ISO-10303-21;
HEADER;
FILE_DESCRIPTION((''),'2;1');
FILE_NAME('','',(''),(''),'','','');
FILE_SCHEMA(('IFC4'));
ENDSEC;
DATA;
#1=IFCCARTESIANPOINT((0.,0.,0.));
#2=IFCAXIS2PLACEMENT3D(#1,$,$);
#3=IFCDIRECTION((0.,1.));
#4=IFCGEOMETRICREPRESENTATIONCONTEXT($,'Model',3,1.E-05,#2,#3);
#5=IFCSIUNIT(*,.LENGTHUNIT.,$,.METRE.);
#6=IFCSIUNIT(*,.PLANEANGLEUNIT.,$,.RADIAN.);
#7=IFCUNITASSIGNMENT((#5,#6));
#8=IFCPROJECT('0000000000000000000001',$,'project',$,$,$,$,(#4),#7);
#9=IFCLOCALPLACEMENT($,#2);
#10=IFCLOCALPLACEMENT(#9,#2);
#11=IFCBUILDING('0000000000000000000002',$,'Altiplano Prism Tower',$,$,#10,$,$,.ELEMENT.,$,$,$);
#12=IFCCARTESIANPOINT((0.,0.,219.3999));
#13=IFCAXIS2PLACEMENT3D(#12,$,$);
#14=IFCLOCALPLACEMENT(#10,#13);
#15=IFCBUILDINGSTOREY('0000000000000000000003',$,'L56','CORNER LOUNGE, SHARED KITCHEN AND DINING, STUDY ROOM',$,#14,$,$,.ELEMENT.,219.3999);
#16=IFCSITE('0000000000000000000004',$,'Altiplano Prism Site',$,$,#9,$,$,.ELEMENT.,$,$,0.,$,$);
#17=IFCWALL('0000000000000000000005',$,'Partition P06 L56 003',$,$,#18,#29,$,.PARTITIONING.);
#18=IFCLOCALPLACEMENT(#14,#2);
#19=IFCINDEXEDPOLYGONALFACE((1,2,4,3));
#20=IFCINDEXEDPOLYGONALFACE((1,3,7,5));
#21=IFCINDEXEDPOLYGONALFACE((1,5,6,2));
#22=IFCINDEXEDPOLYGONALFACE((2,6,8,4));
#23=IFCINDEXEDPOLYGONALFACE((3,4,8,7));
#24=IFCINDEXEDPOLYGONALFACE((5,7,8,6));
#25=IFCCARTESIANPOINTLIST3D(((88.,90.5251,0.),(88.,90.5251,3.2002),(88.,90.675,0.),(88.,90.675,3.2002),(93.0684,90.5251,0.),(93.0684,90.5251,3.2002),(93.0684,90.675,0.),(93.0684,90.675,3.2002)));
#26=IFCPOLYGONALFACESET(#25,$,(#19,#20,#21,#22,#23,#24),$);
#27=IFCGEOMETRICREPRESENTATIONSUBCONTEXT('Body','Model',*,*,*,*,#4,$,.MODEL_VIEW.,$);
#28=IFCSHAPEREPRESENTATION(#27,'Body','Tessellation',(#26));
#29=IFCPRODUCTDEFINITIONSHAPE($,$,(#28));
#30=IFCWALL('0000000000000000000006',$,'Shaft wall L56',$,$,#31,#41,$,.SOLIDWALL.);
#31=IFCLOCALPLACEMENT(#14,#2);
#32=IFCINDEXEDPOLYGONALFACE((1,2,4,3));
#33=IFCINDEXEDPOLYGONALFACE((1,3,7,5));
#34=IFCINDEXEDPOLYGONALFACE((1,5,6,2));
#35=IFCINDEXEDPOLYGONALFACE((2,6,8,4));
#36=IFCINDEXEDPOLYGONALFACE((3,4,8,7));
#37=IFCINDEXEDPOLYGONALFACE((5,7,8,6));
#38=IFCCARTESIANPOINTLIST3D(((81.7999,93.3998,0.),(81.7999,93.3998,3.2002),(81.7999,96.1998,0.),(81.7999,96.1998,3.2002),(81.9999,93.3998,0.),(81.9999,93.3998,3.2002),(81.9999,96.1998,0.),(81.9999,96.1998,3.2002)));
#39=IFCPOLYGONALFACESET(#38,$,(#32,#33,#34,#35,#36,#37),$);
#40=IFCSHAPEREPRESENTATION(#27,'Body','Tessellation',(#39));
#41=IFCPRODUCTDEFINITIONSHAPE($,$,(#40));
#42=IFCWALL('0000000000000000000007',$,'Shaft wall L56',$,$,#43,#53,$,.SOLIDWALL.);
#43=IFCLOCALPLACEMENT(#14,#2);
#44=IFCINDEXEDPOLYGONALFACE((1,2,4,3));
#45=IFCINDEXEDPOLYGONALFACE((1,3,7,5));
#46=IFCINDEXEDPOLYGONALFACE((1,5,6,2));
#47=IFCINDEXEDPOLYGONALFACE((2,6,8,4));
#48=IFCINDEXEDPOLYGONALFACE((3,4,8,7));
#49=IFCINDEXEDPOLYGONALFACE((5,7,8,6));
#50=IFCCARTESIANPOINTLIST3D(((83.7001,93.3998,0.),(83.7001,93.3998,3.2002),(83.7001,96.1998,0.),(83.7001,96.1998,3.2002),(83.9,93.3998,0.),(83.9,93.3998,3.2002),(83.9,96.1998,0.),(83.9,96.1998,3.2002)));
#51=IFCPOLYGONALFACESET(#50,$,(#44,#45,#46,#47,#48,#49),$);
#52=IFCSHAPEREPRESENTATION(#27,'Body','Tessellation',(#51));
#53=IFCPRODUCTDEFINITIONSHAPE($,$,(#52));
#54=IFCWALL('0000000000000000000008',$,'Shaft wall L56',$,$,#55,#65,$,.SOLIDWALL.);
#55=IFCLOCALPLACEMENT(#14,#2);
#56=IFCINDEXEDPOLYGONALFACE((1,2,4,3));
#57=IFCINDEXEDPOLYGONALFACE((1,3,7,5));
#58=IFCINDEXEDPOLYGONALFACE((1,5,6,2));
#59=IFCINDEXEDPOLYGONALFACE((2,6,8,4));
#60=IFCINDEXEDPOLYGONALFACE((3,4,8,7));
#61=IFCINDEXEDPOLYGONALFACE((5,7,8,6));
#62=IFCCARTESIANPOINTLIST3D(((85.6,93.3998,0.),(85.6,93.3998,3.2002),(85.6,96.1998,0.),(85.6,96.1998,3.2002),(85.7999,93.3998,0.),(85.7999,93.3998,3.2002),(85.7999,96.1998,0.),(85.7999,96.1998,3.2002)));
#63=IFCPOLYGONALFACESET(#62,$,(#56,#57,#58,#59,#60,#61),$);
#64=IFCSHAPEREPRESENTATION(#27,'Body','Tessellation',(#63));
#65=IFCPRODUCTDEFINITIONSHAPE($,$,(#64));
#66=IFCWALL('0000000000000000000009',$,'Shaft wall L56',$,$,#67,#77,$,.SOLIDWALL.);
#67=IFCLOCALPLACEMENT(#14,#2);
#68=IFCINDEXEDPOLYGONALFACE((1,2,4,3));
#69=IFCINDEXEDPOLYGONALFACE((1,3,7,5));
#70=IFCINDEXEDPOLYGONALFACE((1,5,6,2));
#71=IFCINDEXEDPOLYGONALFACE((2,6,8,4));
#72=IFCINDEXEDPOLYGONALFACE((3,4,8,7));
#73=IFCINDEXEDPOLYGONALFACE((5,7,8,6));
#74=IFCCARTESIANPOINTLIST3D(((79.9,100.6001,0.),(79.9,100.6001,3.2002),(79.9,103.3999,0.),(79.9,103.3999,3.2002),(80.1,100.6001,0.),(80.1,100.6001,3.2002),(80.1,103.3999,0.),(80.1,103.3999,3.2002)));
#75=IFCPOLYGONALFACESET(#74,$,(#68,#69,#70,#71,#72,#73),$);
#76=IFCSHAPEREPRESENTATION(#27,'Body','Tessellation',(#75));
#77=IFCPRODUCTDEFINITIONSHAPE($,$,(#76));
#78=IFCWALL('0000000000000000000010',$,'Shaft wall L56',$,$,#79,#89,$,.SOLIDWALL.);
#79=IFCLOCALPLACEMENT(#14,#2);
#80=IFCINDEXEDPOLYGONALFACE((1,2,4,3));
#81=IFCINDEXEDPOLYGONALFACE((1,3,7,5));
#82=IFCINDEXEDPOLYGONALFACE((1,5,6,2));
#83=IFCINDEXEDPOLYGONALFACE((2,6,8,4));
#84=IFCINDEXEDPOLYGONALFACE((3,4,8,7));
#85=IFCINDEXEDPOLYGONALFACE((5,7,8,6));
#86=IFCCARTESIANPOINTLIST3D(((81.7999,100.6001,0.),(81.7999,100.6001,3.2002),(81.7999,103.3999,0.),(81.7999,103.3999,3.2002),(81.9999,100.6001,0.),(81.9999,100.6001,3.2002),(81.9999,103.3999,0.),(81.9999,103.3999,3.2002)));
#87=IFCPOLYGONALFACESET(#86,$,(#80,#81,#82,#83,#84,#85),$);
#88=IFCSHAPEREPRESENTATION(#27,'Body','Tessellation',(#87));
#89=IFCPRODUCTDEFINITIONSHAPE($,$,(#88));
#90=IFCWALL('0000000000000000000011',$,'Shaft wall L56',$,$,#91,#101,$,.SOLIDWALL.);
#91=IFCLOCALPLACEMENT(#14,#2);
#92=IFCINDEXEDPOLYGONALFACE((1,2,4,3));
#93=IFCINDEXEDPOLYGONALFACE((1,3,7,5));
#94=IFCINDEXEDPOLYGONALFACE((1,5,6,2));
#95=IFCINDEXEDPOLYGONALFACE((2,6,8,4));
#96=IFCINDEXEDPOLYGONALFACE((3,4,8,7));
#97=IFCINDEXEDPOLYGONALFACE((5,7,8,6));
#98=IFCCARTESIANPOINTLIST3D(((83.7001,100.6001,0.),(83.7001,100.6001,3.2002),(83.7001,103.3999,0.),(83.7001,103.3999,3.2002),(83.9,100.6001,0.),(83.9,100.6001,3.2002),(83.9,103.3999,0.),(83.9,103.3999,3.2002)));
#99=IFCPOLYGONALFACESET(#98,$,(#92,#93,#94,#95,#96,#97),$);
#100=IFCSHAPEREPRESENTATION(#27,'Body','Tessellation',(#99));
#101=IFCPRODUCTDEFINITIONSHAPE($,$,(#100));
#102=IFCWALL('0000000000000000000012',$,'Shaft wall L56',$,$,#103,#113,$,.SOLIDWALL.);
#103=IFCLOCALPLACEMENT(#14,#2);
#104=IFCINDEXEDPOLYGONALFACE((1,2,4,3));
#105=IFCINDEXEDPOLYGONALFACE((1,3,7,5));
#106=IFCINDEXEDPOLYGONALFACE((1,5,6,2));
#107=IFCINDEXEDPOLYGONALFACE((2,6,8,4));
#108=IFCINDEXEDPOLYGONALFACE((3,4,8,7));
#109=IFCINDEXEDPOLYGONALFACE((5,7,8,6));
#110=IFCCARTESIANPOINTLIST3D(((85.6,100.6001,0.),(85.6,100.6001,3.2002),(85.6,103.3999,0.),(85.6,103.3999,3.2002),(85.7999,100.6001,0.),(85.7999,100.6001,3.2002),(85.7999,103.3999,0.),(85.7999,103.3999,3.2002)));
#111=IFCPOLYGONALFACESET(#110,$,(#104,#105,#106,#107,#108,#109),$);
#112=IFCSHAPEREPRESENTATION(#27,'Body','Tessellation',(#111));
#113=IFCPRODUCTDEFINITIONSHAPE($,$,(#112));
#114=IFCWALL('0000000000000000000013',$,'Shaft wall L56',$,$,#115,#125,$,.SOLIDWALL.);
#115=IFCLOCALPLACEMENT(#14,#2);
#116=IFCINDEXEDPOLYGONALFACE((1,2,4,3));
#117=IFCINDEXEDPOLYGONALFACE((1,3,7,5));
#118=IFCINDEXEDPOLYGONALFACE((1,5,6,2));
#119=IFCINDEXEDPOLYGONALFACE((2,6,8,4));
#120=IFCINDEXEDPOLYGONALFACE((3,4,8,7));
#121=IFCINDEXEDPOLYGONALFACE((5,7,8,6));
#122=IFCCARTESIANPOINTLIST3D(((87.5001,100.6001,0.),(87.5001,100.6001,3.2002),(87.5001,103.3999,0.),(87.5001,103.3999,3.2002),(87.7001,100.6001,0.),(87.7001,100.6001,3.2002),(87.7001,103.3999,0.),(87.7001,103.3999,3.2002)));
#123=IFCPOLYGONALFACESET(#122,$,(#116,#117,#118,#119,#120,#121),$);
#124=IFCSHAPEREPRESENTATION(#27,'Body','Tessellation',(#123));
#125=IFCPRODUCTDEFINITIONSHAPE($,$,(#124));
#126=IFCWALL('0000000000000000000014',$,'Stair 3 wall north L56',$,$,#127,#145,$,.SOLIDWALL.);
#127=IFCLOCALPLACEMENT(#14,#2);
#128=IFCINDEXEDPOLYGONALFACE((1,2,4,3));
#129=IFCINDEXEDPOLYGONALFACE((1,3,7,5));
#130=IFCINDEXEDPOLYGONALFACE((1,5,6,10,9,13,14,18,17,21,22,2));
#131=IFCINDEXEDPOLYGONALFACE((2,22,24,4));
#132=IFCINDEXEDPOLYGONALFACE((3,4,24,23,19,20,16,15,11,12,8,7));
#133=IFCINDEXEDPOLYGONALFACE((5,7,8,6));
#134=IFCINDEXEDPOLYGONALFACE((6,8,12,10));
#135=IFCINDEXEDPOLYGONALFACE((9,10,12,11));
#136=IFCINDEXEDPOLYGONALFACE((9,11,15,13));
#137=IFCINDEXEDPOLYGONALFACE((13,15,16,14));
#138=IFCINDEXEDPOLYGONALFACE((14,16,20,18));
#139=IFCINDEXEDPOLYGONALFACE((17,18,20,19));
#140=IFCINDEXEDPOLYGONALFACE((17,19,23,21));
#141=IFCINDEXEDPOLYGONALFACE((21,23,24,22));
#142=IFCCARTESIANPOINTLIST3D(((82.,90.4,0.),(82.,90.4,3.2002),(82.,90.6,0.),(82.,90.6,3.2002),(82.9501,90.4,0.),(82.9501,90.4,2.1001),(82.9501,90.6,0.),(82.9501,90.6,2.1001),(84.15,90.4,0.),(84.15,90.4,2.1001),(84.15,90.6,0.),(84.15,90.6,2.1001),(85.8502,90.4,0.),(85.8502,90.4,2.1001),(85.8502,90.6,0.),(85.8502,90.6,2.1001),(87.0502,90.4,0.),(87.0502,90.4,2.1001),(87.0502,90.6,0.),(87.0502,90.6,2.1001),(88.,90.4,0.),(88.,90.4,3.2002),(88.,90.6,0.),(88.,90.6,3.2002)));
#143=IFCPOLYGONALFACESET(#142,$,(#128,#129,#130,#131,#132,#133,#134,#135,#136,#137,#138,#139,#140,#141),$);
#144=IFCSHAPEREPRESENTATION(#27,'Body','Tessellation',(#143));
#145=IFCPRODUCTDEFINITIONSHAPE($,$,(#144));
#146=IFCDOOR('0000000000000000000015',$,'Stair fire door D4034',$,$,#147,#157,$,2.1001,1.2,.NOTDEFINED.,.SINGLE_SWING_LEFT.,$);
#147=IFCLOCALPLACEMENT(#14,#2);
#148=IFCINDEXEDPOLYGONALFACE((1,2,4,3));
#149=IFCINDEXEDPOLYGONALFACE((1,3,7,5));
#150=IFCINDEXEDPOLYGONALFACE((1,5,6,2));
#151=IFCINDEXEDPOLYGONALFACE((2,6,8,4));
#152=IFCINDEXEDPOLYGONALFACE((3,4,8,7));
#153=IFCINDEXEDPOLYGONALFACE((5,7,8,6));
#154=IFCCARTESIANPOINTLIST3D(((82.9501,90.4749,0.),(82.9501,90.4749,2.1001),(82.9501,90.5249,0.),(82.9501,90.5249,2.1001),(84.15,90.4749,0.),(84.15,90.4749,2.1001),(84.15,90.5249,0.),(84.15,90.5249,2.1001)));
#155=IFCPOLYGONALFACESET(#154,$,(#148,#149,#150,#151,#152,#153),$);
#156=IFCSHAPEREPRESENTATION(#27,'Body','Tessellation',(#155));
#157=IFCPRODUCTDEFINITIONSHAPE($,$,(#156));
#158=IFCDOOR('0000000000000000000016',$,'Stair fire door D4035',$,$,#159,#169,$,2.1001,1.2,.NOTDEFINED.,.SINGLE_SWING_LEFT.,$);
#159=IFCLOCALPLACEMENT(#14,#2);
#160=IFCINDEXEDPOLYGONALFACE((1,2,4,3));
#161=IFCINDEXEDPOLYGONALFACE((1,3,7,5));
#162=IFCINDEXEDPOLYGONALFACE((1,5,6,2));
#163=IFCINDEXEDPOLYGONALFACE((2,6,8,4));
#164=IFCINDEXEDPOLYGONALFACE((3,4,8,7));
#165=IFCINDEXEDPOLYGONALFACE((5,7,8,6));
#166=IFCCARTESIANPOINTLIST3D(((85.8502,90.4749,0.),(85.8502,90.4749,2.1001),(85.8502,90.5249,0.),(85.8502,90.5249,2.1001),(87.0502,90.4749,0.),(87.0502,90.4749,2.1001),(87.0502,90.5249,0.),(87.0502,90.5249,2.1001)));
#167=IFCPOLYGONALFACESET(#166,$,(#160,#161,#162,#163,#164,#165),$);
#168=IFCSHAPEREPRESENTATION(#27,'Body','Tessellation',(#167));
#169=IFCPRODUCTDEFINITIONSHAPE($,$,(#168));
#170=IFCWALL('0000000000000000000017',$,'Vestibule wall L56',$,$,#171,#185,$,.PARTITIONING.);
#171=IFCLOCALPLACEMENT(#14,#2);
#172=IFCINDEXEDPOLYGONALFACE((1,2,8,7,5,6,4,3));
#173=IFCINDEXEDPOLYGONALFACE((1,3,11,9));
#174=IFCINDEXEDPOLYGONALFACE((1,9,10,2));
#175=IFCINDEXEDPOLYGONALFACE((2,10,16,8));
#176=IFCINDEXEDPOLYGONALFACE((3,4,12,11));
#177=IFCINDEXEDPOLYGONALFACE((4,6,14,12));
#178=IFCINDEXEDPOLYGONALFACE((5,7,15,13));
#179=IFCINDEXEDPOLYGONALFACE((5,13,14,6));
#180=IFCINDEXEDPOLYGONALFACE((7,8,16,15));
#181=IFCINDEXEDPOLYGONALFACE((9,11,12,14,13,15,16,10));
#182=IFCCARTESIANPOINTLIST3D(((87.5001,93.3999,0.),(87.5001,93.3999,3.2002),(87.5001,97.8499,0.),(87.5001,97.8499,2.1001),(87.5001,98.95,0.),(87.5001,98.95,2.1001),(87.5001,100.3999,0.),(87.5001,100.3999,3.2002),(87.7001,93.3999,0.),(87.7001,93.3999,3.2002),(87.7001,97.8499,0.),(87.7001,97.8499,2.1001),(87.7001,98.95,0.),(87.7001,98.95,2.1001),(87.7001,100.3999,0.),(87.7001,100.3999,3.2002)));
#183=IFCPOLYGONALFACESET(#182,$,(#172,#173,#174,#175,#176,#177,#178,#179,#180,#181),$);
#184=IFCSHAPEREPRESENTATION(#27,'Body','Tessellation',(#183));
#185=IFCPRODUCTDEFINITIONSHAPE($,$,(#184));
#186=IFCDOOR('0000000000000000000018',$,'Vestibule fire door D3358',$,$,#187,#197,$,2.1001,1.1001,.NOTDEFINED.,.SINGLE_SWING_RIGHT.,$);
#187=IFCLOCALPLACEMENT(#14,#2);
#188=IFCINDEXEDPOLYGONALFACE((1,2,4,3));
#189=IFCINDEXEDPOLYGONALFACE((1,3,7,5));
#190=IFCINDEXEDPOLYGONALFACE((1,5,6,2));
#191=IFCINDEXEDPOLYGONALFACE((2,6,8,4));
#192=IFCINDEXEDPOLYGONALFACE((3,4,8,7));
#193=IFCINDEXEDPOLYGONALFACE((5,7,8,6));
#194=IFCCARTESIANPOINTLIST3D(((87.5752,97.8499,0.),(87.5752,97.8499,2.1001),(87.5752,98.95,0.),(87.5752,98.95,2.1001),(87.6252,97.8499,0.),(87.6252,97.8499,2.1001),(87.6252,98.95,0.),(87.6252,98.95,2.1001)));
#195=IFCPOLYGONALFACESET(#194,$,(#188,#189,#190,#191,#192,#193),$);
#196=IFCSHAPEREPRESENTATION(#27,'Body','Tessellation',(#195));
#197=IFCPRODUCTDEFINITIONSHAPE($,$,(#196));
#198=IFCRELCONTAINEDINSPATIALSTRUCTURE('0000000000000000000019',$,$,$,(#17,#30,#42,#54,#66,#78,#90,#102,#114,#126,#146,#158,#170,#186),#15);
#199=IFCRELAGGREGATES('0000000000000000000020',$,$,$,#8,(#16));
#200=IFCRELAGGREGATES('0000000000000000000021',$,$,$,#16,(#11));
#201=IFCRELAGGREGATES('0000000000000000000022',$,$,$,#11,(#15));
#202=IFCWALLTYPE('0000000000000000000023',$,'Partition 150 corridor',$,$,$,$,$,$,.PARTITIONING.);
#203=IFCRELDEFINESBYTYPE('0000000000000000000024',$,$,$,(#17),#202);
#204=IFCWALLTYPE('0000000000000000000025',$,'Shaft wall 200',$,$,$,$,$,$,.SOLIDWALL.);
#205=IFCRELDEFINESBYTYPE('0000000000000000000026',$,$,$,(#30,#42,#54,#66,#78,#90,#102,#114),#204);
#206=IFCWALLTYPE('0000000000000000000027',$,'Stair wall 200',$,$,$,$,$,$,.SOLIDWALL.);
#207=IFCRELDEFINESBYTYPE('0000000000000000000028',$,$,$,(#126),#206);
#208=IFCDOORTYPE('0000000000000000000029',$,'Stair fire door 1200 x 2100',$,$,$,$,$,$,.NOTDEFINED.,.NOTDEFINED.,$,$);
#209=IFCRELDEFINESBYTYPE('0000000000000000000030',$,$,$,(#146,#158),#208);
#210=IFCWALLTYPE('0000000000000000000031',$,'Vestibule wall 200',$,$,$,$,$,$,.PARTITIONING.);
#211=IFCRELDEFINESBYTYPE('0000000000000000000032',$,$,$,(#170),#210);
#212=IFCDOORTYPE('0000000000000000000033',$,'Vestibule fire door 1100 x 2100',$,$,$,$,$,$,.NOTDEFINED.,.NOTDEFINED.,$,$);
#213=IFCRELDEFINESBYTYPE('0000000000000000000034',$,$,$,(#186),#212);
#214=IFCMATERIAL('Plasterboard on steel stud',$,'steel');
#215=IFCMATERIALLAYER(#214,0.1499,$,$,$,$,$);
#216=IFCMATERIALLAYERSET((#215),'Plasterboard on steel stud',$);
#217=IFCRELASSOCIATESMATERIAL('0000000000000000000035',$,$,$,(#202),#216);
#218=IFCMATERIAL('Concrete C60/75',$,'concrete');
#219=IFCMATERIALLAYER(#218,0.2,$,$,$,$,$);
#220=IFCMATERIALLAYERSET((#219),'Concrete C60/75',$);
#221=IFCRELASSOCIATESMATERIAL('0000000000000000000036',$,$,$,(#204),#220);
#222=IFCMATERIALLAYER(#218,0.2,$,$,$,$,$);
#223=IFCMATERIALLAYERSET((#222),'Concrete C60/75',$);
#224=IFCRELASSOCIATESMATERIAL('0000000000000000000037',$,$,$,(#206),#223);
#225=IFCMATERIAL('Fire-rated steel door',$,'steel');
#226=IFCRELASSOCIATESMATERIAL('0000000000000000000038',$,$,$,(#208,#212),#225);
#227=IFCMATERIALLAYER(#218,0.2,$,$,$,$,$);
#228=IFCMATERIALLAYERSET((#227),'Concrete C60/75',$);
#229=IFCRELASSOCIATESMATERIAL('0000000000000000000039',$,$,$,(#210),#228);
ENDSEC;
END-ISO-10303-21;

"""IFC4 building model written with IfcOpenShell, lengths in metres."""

from ifc_helpers import new_model, si_unit, direction, frame, frame_2d, origin, place, context, subcontext, project, spatial, rectangle, extrude, material, layer, layer_set, type_object, element, fill, save


model = new_model("IFC4")

# Units and contexts
model_context = context("Model", 3, precision=1e-05, world=origin(), true_north=direction((0.0, 1.0)))
body_context = subcontext(model_context, "Body", "Model", "MODEL_VIEW")
ifc_project = project(units=[si_unit("LENGTHUNIT", "METRE"), si_unit("PLANEANGLEUNIT", "RADIAN")], contexts=[model_context])

# Site, building, storey
site_placement = place(None, origin())
site = spatial("IfcSite", under=ifc_project, at=site_placement, Name="Altiplano Prism Site", CompositionType="ELEMENT", RefElevation=0.0)
building_placement = place(site_placement, origin())
building = spatial("IfcBuilding", under=site, at=building_placement, Name="Altiplano Prism Tower", CompositionType="ELEMENT")
storey_placement = place(building_placement, frame((0.0, 0.0, 219.3999)))
storey = spatial("IfcBuildingStorey", under=building, at=storey_placement, Name="L56", Description="CORNER LOUNGE, SHARED KITCHEN AND DINING, STUDY ROOM", CompositionType="ELEMENT", Elevation=219.3999)

# Walls
ifc_material_1 = material(Name="Plasterboard on steel stud", Category="steel")
ifc_layer_1 = layer(ifc_material_1, 0.1499)
ifc_layer_set_1 = layer_set([ifc_layer_1], Name="Plasterboard on steel stud")
wall_type_1 = type_object("IfcWallType", Name="Partition 150 corridor", PredefinedType="PARTITIONING", material=ifc_layer_set_1)
wall_1_placement = place(storey_placement, frame((88.0, 90.6001, 0.0), z_axis=(0.0, 0.0, 1.0), x_axis=(1.0, 0.0, 0.0)))
element("IfcWall", 1, at=wall_1_placement, inside=storey, type_object=wall_type_1, Name="Partition P06 L56 003", PredefinedType="PARTITIONING", context=body_context, shape_type="SweptSolid", body=[
    extrude(rectangle(XDim=5.0684, YDim=0.1499, at=frame_2d((2.5342, 0.0))), origin(), (0.0, 0.0, 1.0), 3.2002),
])
ifc_material_2 = material(Name="Concrete C60/75", Category="concrete")
ifc_layer_2 = layer(ifc_material_2, 0.2)
ifc_layer_set_2 = layer_set([ifc_layer_2], Name="Concrete C60/75")
wall_type_2 = type_object("IfcWallType", Name="Shaft wall 200", PredefinedType="SOLIDWALL", material=ifc_layer_set_2)
for number, where, z_axis, x_axis, name in (
    (2, (81.8999, 93.3999, 0.0), (0.0, 0.0, 1.0), (0.0, 1.0, 0.0), "Shaft wall L56"),
    (3, (83.8, 93.3999, 0.0), (0.0, 0.0, 1.0), (0.0, 1.0, 0.0), "Shaft wall L56"),
    (4, (85.7, 93.3999, 0.0), (0.0, 0.0, 1.0), (0.0, 1.0, 0.0), "Shaft wall L56"),
):
    element("IfcWall", number, at=place(storey_placement, frame(where, z_axis=z_axis, x_axis=x_axis)), inside=storey, type_object=wall_type_2, Name=name, PredefinedType="SOLIDWALL", context=body_context, shape_type="SweptSolid", body=[
        extrude(rectangle(XDim=2.8, YDim=0.2, at=frame_2d((1.3999, 0.0))), origin(), (0.0, 0.0, 1.0), 3.2002),
    ])
for number, where, z_axis, x_axis, name in (
    (5, (80.0, 100.6001, 0.0), (0.0, 0.0, 1.0), (0.0, 1.0, 0.0), "Shaft wall L56"),
    (6, (81.8999, 100.6001, 0.0), (0.0, 0.0, 1.0), (0.0, 1.0, 0.0), "Shaft wall L56"),
    (7, (83.8, 100.6001, 0.0), (0.0, 0.0, 1.0), (0.0, 1.0, 0.0), "Shaft wall L56"),
    (8, (85.7, 100.6001, 0.0), (0.0, 0.0, 1.0), (0.0, 1.0, 0.0), "Shaft wall L56"),
    (9, (87.6001, 100.6001, 0.0), (0.0, 0.0, 1.0), (0.0, 1.0, 0.0), "Shaft wall L56"),
):
    element("IfcWall", number, at=place(storey_placement, frame(where, z_axis=z_axis, x_axis=x_axis)), inside=storey, type_object=wall_type_2, Name=name, PredefinedType="SOLIDWALL", context=body_context, shape_type="SweptSolid", body=[
        extrude(rectangle(XDim=2.7998, YDim=0.2, at=frame_2d((1.3999, 0.0))), origin(), (0.0, 0.0, 1.0), 3.2002),
    ])

# Wall, openings, doors
ifc_layer_3 = layer(ifc_material_2, 0.2)
ifc_layer_set_3 = layer_set([ifc_layer_3], Name="Concrete C60/75")
wall_type_3 = type_object("IfcWallType", Name="Stair wall 200", PredefinedType="SOLIDWALL", material=ifc_layer_set_3)
wall_2_placement = place(storey_placement, frame((82.0, 90.5, 0.0), z_axis=(0.0, 0.0, 1.0), x_axis=(1.0, 0.0, 0.0)))
wall_2 = element("IfcWall", 10, at=wall_2_placement, inside=storey, type_object=wall_type_3, Name="Stair 3 wall north L56", PredefinedType="SOLIDWALL", context=body_context, shape_type="SweptSolid", body=[
    extrude(rectangle(XDim=6.0, YDim=0.2, at=frame_2d((3.0, 0.0))), origin(), (0.0, 0.0, 1.0), 3.2002),
])
opening_1_placement = place(wall_2_placement, frame((0.95, 0.0, 0.0)))
opening_1 = element("IfcOpeningElement", 11, at=opening_1_placement, cuts=wall_2, PredefinedType="OPENING", context=body_context, shape_type="SweptSolid", body=[
    extrude(rectangle(XDim=1.2, YDim=2.1001, at=frame_2d((0.6001, 1.05))), frame((0.0, 0.1104, 0.0), z_axis=(0.0, -1.0, 0.0), x_axis=(1.0, 0.0, 0.0)), (0.0, 0.0, 1.0), 0.2209),
])
opening_2_placement = place(wall_2_placement, frame((3.8501, 0.0, 0.0)))
opening_2 = element("IfcOpeningElement", 12, at=opening_2_placement, cuts=wall_2, PredefinedType="OPENING", context=body_context, shape_type="SweptSolid", body=[
    extrude(rectangle(XDim=1.2, YDim=2.1001, at=frame_2d((0.6001, 1.05))), frame((0.0, 0.1104, 0.0), z_axis=(0.0, -1.0, 0.0), x_axis=(1.0, 0.0, 0.0)), (0.0, 0.0, 1.0), 0.2209),
])
ifc_material_3 = material(Name="Fire-rated steel door", Category="steel")
door_type_1 = type_object("IfcDoorType", Name="Stair fire door 1200 x 2100", OperationType="NOTDEFINED", PredefinedType="NOTDEFINED", material=ifc_material_3)
door_1_placement = place(opening_1_placement, origin())
door_1 = element("IfcDoor", 13, at=door_1_placement, inside=storey, type_object=door_type_1, Name="Stair fire door D4034", OperationType="SINGLE_SWING_LEFT", OverallHeight=2.1001, OverallWidth=1.2, PredefinedType="NOTDEFINED", context=body_context, shape_type="SweptSolid", body=[
    extrude(rectangle(XDim=1.2, YDim=2.1001, at=frame_2d((0.6001, 1.05))), frame((0.0, 0.0249, 0.0), z_axis=(0.0, -1.0, 0.0), x_axis=(1.0, 0.0, 0.0)), (0.0, 0.0, 1.0), 0.05),
])
fill(opening_1, door_1)
door_2_placement = place(opening_2_placement, origin())
door_2 = element("IfcDoor", 14, at=door_2_placement, inside=storey, type_object=door_type_1, Name="Stair fire door D4035", OperationType="SINGLE_SWING_LEFT", OverallHeight=2.1001, OverallWidth=1.2, PredefinedType="NOTDEFINED", context=body_context, shape_type="SweptSolid", body=[
    extrude(rectangle(XDim=1.2, YDim=2.1001, at=frame_2d((0.6001, 1.05))), frame((0.0, 0.0249, 0.0), z_axis=(0.0, -1.0, 0.0), x_axis=(1.0, 0.0, 0.0)), (0.0, 0.0, 1.0), 0.05),
])
fill(opening_2, door_2)

# Wall, opening, door
ifc_layer_4 = layer(ifc_material_2, 0.2)
ifc_layer_set_4 = layer_set([ifc_layer_4], Name="Concrete C60/75")
wall_type_4 = type_object("IfcWallType", Name="Vestibule wall 200", PredefinedType="PARTITIONING", material=ifc_layer_set_4)
wall_3_placement = place(storey_placement, frame((87.6001, 93.3999, 0.0), z_axis=(0.0, 0.0, 1.0), x_axis=(0.0, 1.0, 0.0)))
wall_3 = element("IfcWall", 15, at=wall_3_placement, inside=storey, type_object=wall_type_4, Name="Vestibule wall L56", PredefinedType="PARTITIONING", context=body_context, shape_type="SweptSolid", body=[
    extrude(rectangle(XDim=7.0, YDim=0.2, at=frame_2d((3.5, 0.0))), origin(), (0.0, 0.0, 1.0), 3.2002),
])
opening_3_placement = place(wall_3_placement, frame((4.45, 0.0, 0.0)))
opening_3 = element("IfcOpeningElement", 16, at=opening_3_placement, cuts=wall_3, PredefinedType="OPENING", context=body_context, shape_type="SweptSolid", body=[
    extrude(rectangle(XDim=1.1001, YDim=2.1001, at=frame_2d((0.55, 1.05))), frame((0.0, 0.1104, 0.0), z_axis=(0.0, -1.0, 0.0), x_axis=(1.0, 0.0, 0.0)), (0.0, 0.0, 1.0), 0.2209),
])
door_type_2 = type_object("IfcDoorType", Name="Vestibule fire door 1100 x 2100", OperationType="NOTDEFINED", PredefinedType="NOTDEFINED", material=ifc_material_3)
door_3_placement = place(opening_3_placement, origin())
door_3 = element("IfcDoor", 17, at=door_3_placement, inside=storey, type_object=door_type_2, Name="Vestibule fire door D3358", OperationType="SINGLE_SWING_RIGHT", OverallHeight=2.1001, OverallWidth=1.1001, PredefinedType="NOTDEFINED", context=body_context, shape_type="SweptSolid", body=[
    extrude(rectangle(XDim=1.1001, YDim=2.1001, at=frame_2d((0.55, 1.05))), frame((0.0, 0.0249, 0.0), z_axis=(0.0, -1.0, 0.0), x_axis=(1.0, 0.0, 0.0)), (0.0, 0.0, 1.0), 0.05),
])
fill(opening_3, door_3)

save(model, "model.ifc")
